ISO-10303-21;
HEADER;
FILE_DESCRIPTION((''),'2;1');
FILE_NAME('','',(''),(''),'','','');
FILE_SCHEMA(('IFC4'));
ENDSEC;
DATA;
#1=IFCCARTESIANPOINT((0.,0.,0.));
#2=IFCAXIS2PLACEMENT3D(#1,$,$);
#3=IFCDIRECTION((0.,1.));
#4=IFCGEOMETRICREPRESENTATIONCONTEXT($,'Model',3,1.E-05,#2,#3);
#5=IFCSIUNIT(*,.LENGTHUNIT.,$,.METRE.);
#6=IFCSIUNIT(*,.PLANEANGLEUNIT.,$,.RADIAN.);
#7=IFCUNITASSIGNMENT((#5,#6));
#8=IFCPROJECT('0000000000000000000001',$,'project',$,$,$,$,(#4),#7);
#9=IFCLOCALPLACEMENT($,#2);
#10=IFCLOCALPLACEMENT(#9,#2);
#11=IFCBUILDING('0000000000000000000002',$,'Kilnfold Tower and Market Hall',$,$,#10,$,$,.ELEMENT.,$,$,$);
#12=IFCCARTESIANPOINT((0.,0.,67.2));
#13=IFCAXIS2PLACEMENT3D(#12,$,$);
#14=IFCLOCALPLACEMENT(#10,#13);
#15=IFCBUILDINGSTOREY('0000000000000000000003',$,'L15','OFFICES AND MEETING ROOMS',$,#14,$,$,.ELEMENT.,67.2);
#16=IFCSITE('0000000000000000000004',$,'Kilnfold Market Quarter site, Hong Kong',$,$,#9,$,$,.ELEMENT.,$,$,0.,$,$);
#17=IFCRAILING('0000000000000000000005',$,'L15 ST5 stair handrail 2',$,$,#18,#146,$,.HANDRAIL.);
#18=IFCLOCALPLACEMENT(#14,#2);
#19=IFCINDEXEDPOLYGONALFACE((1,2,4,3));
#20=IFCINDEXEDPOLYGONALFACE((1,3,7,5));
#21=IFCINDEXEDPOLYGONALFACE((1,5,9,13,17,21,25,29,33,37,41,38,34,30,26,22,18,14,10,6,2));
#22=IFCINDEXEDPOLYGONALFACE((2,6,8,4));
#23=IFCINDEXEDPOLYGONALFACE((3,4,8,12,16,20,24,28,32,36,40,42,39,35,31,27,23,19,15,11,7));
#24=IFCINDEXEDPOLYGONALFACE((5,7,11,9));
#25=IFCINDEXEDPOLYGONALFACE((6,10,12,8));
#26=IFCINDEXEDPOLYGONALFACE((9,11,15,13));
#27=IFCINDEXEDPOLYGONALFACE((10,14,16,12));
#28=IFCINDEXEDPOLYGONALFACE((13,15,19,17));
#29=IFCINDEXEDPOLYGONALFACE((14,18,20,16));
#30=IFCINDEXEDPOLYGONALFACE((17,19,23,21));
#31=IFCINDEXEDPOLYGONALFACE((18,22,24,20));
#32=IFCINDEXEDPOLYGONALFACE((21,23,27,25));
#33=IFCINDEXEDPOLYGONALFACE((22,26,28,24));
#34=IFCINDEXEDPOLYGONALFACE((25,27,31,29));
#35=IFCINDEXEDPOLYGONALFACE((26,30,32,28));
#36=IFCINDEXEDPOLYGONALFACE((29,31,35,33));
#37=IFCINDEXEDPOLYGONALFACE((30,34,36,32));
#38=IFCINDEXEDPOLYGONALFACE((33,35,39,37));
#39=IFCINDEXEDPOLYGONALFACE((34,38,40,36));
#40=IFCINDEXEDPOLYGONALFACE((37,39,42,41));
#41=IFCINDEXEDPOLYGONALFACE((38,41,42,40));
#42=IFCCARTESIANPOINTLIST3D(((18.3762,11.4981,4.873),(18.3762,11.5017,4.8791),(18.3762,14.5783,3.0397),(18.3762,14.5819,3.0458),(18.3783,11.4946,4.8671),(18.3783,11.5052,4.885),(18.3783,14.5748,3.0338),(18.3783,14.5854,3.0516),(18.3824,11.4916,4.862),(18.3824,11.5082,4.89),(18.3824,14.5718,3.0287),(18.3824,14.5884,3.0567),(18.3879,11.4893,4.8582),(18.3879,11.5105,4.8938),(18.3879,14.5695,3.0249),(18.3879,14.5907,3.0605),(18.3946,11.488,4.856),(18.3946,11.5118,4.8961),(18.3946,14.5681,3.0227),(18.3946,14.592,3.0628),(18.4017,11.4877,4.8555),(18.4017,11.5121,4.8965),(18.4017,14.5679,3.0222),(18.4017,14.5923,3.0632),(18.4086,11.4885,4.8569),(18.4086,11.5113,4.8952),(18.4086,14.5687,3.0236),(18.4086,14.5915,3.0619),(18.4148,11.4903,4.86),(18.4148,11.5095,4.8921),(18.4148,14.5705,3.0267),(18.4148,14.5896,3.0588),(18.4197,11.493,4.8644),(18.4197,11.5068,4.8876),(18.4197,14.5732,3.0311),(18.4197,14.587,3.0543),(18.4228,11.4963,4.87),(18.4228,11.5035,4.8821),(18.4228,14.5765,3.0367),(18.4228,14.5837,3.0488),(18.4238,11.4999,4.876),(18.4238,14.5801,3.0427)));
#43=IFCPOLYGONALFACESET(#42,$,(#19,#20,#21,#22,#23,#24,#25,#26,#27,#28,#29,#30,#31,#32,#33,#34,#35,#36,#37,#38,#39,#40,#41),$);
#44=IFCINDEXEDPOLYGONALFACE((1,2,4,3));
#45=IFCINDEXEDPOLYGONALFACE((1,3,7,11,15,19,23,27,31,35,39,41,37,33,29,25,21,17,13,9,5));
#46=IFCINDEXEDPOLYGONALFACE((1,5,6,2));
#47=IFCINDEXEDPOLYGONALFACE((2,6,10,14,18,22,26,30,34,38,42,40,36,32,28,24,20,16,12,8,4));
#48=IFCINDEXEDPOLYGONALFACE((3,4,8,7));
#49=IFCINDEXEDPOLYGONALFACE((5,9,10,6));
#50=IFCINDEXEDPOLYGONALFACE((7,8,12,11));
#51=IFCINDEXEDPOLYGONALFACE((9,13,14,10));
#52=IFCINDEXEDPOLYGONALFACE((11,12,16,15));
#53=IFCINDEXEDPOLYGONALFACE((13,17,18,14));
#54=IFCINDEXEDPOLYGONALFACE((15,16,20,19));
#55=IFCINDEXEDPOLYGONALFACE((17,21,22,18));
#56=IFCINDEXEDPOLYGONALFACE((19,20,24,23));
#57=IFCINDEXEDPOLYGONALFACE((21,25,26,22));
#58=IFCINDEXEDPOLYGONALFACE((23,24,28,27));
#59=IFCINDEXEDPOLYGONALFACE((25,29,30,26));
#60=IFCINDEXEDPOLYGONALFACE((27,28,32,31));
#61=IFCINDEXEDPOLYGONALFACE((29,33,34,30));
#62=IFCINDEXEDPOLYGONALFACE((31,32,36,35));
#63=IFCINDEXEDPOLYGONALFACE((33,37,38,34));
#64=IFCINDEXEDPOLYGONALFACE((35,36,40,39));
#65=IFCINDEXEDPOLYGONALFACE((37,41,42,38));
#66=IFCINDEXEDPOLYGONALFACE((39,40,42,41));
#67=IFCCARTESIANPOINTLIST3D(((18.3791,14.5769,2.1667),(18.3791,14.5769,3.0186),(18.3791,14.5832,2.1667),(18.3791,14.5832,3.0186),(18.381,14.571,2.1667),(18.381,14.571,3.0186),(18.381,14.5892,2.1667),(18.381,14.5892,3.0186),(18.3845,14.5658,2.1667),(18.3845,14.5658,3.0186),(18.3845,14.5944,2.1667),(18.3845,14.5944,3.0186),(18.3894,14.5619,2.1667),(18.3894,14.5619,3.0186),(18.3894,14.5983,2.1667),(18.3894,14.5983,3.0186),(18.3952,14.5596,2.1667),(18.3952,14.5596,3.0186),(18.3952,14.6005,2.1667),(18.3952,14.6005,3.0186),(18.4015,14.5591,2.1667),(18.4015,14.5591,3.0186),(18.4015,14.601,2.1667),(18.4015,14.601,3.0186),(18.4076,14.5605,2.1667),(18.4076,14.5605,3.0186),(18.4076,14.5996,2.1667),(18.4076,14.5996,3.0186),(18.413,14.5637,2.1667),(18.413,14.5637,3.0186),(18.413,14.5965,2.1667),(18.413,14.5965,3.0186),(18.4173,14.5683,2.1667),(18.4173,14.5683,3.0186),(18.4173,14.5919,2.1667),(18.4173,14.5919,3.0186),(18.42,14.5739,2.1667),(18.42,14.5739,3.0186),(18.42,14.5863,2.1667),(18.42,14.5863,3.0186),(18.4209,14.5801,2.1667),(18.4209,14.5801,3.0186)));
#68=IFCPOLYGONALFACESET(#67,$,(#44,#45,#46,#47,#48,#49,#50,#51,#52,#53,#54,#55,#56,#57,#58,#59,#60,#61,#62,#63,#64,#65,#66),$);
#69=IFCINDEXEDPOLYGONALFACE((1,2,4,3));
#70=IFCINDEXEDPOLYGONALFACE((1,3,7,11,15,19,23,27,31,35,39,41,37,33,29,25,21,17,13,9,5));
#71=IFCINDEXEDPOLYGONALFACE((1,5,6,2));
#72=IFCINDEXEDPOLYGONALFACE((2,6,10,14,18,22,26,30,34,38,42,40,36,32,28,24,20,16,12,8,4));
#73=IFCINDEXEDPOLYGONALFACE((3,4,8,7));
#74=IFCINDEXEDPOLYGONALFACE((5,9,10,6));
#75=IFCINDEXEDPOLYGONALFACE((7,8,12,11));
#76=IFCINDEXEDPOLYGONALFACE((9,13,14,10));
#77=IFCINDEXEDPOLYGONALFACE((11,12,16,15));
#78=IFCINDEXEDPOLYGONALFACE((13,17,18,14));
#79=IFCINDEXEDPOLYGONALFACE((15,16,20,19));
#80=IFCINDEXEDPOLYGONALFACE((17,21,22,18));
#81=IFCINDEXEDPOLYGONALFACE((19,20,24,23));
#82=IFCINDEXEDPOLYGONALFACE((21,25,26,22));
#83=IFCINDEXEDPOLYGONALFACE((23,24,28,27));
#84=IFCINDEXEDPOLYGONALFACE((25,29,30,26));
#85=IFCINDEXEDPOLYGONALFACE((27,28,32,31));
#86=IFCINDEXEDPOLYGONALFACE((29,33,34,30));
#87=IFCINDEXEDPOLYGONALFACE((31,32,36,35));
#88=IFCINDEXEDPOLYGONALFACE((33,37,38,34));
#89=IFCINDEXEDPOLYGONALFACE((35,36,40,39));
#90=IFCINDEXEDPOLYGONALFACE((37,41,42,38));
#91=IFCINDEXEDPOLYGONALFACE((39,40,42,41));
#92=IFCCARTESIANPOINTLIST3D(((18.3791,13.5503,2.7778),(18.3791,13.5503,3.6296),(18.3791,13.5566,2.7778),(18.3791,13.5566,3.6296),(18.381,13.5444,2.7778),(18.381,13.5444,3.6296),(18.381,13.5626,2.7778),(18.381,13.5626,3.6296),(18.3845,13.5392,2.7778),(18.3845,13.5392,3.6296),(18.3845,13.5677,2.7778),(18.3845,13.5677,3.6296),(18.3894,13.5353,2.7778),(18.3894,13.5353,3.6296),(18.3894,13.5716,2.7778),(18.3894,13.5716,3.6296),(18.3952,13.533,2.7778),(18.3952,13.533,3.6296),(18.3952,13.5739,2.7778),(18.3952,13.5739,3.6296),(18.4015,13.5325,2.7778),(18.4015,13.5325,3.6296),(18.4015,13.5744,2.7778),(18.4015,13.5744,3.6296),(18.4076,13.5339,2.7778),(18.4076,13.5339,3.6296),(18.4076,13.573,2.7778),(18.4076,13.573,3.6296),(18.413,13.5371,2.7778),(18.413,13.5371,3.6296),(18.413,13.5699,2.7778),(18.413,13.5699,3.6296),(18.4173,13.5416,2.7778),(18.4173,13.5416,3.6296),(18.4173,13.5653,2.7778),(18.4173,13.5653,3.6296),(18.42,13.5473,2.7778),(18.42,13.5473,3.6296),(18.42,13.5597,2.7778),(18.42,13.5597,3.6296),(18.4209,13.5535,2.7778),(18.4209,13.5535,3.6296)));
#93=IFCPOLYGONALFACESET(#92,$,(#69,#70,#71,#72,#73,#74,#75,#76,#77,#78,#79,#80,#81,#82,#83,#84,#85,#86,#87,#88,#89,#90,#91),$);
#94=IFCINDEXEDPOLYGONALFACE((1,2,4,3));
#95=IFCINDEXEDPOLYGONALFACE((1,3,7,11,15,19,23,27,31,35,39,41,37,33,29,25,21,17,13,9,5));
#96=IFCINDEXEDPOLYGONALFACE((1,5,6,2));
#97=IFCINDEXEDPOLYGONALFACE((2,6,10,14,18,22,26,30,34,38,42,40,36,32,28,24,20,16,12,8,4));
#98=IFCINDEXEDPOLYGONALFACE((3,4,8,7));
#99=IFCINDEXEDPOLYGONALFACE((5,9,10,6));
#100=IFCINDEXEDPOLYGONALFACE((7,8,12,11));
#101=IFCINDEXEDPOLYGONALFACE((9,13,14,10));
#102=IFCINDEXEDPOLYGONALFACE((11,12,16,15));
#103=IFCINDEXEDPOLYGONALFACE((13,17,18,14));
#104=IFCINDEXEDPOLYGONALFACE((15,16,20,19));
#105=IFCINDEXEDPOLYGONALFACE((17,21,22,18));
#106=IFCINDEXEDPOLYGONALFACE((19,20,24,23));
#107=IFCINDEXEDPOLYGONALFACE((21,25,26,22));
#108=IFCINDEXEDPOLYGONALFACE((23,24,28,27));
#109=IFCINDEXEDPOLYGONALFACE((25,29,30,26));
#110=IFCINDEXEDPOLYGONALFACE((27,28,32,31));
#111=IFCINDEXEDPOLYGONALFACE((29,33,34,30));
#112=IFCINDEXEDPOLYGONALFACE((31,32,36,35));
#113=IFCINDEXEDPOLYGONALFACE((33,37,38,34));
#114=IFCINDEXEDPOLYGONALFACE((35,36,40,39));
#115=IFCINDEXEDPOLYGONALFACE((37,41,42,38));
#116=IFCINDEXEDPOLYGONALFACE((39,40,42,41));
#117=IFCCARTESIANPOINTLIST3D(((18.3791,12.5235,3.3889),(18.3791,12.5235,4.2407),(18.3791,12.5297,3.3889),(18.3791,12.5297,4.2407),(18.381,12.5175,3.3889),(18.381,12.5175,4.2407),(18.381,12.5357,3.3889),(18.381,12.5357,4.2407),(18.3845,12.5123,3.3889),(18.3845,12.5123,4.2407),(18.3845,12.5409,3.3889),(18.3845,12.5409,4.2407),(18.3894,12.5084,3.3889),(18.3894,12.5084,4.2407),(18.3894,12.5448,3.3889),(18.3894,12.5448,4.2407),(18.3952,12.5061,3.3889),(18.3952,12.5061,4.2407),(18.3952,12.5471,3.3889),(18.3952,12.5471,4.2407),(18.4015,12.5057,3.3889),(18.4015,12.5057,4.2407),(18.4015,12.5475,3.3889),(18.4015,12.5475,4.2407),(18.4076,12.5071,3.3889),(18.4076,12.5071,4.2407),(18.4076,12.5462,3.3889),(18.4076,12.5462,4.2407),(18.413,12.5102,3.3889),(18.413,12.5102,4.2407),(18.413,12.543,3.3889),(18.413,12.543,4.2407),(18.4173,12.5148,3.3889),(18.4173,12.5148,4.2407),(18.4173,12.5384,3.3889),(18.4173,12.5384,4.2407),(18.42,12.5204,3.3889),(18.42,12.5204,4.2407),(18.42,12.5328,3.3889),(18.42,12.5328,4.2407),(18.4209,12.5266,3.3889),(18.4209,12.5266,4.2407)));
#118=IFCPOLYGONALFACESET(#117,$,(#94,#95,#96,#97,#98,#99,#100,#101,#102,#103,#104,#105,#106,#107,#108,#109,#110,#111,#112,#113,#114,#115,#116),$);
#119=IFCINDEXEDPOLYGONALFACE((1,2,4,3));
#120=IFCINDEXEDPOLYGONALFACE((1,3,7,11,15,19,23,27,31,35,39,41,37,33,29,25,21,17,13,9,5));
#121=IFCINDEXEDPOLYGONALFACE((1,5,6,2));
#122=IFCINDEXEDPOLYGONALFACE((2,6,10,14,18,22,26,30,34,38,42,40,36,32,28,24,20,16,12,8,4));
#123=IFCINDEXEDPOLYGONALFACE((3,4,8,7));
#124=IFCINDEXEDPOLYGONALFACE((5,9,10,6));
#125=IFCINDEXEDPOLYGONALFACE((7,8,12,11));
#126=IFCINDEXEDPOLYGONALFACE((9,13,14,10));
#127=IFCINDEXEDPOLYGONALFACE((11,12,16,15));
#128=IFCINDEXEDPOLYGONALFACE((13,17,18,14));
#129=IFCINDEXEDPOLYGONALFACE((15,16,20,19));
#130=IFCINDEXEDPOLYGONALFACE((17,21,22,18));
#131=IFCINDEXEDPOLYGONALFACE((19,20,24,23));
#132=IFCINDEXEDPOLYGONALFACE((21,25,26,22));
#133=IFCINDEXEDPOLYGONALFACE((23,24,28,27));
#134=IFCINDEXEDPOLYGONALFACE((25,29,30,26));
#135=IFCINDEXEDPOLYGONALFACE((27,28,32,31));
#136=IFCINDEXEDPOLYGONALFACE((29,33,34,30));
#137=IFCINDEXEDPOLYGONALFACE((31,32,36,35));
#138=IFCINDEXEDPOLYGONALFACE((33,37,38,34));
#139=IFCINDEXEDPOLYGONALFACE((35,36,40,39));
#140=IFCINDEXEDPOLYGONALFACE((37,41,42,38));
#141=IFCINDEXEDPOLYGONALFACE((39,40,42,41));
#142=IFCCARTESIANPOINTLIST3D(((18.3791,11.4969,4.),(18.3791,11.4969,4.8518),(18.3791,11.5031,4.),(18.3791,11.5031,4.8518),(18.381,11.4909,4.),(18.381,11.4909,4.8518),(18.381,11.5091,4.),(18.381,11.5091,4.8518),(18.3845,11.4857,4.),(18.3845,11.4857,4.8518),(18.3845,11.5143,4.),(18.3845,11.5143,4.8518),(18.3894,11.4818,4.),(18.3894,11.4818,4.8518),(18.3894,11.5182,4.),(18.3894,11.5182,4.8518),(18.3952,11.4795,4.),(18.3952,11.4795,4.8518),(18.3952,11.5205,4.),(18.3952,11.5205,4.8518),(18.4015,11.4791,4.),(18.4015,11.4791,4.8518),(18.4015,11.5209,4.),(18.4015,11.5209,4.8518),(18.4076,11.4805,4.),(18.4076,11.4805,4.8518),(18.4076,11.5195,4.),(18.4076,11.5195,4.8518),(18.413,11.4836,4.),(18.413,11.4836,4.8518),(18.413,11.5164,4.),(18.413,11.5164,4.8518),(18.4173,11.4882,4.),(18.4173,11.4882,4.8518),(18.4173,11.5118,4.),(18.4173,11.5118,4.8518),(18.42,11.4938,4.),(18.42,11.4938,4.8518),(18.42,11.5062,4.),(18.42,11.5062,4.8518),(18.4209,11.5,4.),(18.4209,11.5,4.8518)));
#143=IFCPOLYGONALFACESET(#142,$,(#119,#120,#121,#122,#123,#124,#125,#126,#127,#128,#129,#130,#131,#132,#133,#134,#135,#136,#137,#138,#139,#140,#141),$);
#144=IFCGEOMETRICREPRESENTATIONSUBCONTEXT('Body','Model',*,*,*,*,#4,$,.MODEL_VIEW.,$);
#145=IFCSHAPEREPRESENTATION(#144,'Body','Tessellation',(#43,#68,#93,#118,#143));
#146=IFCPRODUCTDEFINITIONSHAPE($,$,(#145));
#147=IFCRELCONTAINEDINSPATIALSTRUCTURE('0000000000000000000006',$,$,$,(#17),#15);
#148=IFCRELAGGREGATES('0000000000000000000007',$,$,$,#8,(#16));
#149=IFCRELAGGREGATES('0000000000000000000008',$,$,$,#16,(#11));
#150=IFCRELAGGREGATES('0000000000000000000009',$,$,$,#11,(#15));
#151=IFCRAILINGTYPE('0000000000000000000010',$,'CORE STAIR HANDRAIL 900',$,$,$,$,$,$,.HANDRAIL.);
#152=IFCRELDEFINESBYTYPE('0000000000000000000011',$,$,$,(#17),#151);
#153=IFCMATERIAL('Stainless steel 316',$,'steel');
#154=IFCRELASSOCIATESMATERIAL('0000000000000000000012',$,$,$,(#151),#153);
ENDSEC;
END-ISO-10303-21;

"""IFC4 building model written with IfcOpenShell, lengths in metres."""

from ifc_helpers import new_model, si_unit, direction, frame, origin, origin_2d, place, context, subcontext, project, spatial, circle, extrude, material, type_object, element, save


model = new_model("IFC4")

# Units and contexts
model_context = context("Model", 3, precision=1e-05, world=origin(), true_north=direction((0.0, 1.0)))
body_context = subcontext(model_context, "Body", "Model", "MODEL_VIEW")
ifc_project = project(units=[si_unit("LENGTHUNIT", "METRE"), si_unit("PLANEANGLEUNIT", "RADIAN")], contexts=[model_context])

# Site, building, storey
site_placement = place(None, origin())
site = spatial("IfcSite", under=ifc_project, at=site_placement, Name="Kilnfold Market Quarter site, Hong Kong", CompositionType="ELEMENT", RefElevation=0.0)
building_placement = place(site_placement, origin())
building = spatial("IfcBuilding", under=site, at=building_placement, Name="Kilnfold Tower and Market Hall", CompositionType="ELEMENT")
storey_placement = place(building_placement, frame((0.0, 0.0, 67.2)))
storey = spatial("IfcBuildingStorey", under=building, at=storey_placement, Name="L15", Description="OFFICES AND MEETING ROOMS", CompositionType="ELEMENT", Elevation=67.2)

# Railing
ifc_material_1 = material(Name="Stainless steel 316", Category="steel")
railing_type_1 = type_object("IfcRailingType", Name="CORE STAIR HANDRAIL 900", PredefinedType="HANDRAIL", material=ifc_material_1)
railing_1_placement = place(storey_placement, frame((18.3999, 14.5801, 2.1667)))
element("IfcRailing", 1, at=railing_1_placement, inside=storey, type_object=railing_type_1, Name="L15 ST5 stair handrail 2", PredefinedType="HANDRAIL", context=body_context, shape_type="SweptSolid", body=[
    extrude(circle(Radius=0.0239, at=origin_2d()), frame((0.0, 0.0, 0.876), z_axis=(0.0, -0.859309, 0.511458), x_axis=(1.0, 0.0, 0.0)), (0.0, 0.0, 1.0), 3.5845),
    extrude(circle(Radius=0.021, at=origin_2d()), origin(), (0.0, 0.0, 1.0), 0.8518),
    extrude(circle(Radius=0.021, at=origin_2d()), frame((0.0, -1.0266, 0.6111)), (0.0, 0.0, 1.0), 0.8518),
    extrude(circle(Radius=0.021, at=origin_2d()), frame((0.0, -2.0535, 1.2222)), (0.0, 0.0, 1.0), 0.8518),
    extrude(circle(Radius=0.021, at=origin_2d()), frame((0.0, -3.0801, 1.8333)), (0.0, 0.0, 1.0), 0.8518),
])

save(model, "model.ifc")
